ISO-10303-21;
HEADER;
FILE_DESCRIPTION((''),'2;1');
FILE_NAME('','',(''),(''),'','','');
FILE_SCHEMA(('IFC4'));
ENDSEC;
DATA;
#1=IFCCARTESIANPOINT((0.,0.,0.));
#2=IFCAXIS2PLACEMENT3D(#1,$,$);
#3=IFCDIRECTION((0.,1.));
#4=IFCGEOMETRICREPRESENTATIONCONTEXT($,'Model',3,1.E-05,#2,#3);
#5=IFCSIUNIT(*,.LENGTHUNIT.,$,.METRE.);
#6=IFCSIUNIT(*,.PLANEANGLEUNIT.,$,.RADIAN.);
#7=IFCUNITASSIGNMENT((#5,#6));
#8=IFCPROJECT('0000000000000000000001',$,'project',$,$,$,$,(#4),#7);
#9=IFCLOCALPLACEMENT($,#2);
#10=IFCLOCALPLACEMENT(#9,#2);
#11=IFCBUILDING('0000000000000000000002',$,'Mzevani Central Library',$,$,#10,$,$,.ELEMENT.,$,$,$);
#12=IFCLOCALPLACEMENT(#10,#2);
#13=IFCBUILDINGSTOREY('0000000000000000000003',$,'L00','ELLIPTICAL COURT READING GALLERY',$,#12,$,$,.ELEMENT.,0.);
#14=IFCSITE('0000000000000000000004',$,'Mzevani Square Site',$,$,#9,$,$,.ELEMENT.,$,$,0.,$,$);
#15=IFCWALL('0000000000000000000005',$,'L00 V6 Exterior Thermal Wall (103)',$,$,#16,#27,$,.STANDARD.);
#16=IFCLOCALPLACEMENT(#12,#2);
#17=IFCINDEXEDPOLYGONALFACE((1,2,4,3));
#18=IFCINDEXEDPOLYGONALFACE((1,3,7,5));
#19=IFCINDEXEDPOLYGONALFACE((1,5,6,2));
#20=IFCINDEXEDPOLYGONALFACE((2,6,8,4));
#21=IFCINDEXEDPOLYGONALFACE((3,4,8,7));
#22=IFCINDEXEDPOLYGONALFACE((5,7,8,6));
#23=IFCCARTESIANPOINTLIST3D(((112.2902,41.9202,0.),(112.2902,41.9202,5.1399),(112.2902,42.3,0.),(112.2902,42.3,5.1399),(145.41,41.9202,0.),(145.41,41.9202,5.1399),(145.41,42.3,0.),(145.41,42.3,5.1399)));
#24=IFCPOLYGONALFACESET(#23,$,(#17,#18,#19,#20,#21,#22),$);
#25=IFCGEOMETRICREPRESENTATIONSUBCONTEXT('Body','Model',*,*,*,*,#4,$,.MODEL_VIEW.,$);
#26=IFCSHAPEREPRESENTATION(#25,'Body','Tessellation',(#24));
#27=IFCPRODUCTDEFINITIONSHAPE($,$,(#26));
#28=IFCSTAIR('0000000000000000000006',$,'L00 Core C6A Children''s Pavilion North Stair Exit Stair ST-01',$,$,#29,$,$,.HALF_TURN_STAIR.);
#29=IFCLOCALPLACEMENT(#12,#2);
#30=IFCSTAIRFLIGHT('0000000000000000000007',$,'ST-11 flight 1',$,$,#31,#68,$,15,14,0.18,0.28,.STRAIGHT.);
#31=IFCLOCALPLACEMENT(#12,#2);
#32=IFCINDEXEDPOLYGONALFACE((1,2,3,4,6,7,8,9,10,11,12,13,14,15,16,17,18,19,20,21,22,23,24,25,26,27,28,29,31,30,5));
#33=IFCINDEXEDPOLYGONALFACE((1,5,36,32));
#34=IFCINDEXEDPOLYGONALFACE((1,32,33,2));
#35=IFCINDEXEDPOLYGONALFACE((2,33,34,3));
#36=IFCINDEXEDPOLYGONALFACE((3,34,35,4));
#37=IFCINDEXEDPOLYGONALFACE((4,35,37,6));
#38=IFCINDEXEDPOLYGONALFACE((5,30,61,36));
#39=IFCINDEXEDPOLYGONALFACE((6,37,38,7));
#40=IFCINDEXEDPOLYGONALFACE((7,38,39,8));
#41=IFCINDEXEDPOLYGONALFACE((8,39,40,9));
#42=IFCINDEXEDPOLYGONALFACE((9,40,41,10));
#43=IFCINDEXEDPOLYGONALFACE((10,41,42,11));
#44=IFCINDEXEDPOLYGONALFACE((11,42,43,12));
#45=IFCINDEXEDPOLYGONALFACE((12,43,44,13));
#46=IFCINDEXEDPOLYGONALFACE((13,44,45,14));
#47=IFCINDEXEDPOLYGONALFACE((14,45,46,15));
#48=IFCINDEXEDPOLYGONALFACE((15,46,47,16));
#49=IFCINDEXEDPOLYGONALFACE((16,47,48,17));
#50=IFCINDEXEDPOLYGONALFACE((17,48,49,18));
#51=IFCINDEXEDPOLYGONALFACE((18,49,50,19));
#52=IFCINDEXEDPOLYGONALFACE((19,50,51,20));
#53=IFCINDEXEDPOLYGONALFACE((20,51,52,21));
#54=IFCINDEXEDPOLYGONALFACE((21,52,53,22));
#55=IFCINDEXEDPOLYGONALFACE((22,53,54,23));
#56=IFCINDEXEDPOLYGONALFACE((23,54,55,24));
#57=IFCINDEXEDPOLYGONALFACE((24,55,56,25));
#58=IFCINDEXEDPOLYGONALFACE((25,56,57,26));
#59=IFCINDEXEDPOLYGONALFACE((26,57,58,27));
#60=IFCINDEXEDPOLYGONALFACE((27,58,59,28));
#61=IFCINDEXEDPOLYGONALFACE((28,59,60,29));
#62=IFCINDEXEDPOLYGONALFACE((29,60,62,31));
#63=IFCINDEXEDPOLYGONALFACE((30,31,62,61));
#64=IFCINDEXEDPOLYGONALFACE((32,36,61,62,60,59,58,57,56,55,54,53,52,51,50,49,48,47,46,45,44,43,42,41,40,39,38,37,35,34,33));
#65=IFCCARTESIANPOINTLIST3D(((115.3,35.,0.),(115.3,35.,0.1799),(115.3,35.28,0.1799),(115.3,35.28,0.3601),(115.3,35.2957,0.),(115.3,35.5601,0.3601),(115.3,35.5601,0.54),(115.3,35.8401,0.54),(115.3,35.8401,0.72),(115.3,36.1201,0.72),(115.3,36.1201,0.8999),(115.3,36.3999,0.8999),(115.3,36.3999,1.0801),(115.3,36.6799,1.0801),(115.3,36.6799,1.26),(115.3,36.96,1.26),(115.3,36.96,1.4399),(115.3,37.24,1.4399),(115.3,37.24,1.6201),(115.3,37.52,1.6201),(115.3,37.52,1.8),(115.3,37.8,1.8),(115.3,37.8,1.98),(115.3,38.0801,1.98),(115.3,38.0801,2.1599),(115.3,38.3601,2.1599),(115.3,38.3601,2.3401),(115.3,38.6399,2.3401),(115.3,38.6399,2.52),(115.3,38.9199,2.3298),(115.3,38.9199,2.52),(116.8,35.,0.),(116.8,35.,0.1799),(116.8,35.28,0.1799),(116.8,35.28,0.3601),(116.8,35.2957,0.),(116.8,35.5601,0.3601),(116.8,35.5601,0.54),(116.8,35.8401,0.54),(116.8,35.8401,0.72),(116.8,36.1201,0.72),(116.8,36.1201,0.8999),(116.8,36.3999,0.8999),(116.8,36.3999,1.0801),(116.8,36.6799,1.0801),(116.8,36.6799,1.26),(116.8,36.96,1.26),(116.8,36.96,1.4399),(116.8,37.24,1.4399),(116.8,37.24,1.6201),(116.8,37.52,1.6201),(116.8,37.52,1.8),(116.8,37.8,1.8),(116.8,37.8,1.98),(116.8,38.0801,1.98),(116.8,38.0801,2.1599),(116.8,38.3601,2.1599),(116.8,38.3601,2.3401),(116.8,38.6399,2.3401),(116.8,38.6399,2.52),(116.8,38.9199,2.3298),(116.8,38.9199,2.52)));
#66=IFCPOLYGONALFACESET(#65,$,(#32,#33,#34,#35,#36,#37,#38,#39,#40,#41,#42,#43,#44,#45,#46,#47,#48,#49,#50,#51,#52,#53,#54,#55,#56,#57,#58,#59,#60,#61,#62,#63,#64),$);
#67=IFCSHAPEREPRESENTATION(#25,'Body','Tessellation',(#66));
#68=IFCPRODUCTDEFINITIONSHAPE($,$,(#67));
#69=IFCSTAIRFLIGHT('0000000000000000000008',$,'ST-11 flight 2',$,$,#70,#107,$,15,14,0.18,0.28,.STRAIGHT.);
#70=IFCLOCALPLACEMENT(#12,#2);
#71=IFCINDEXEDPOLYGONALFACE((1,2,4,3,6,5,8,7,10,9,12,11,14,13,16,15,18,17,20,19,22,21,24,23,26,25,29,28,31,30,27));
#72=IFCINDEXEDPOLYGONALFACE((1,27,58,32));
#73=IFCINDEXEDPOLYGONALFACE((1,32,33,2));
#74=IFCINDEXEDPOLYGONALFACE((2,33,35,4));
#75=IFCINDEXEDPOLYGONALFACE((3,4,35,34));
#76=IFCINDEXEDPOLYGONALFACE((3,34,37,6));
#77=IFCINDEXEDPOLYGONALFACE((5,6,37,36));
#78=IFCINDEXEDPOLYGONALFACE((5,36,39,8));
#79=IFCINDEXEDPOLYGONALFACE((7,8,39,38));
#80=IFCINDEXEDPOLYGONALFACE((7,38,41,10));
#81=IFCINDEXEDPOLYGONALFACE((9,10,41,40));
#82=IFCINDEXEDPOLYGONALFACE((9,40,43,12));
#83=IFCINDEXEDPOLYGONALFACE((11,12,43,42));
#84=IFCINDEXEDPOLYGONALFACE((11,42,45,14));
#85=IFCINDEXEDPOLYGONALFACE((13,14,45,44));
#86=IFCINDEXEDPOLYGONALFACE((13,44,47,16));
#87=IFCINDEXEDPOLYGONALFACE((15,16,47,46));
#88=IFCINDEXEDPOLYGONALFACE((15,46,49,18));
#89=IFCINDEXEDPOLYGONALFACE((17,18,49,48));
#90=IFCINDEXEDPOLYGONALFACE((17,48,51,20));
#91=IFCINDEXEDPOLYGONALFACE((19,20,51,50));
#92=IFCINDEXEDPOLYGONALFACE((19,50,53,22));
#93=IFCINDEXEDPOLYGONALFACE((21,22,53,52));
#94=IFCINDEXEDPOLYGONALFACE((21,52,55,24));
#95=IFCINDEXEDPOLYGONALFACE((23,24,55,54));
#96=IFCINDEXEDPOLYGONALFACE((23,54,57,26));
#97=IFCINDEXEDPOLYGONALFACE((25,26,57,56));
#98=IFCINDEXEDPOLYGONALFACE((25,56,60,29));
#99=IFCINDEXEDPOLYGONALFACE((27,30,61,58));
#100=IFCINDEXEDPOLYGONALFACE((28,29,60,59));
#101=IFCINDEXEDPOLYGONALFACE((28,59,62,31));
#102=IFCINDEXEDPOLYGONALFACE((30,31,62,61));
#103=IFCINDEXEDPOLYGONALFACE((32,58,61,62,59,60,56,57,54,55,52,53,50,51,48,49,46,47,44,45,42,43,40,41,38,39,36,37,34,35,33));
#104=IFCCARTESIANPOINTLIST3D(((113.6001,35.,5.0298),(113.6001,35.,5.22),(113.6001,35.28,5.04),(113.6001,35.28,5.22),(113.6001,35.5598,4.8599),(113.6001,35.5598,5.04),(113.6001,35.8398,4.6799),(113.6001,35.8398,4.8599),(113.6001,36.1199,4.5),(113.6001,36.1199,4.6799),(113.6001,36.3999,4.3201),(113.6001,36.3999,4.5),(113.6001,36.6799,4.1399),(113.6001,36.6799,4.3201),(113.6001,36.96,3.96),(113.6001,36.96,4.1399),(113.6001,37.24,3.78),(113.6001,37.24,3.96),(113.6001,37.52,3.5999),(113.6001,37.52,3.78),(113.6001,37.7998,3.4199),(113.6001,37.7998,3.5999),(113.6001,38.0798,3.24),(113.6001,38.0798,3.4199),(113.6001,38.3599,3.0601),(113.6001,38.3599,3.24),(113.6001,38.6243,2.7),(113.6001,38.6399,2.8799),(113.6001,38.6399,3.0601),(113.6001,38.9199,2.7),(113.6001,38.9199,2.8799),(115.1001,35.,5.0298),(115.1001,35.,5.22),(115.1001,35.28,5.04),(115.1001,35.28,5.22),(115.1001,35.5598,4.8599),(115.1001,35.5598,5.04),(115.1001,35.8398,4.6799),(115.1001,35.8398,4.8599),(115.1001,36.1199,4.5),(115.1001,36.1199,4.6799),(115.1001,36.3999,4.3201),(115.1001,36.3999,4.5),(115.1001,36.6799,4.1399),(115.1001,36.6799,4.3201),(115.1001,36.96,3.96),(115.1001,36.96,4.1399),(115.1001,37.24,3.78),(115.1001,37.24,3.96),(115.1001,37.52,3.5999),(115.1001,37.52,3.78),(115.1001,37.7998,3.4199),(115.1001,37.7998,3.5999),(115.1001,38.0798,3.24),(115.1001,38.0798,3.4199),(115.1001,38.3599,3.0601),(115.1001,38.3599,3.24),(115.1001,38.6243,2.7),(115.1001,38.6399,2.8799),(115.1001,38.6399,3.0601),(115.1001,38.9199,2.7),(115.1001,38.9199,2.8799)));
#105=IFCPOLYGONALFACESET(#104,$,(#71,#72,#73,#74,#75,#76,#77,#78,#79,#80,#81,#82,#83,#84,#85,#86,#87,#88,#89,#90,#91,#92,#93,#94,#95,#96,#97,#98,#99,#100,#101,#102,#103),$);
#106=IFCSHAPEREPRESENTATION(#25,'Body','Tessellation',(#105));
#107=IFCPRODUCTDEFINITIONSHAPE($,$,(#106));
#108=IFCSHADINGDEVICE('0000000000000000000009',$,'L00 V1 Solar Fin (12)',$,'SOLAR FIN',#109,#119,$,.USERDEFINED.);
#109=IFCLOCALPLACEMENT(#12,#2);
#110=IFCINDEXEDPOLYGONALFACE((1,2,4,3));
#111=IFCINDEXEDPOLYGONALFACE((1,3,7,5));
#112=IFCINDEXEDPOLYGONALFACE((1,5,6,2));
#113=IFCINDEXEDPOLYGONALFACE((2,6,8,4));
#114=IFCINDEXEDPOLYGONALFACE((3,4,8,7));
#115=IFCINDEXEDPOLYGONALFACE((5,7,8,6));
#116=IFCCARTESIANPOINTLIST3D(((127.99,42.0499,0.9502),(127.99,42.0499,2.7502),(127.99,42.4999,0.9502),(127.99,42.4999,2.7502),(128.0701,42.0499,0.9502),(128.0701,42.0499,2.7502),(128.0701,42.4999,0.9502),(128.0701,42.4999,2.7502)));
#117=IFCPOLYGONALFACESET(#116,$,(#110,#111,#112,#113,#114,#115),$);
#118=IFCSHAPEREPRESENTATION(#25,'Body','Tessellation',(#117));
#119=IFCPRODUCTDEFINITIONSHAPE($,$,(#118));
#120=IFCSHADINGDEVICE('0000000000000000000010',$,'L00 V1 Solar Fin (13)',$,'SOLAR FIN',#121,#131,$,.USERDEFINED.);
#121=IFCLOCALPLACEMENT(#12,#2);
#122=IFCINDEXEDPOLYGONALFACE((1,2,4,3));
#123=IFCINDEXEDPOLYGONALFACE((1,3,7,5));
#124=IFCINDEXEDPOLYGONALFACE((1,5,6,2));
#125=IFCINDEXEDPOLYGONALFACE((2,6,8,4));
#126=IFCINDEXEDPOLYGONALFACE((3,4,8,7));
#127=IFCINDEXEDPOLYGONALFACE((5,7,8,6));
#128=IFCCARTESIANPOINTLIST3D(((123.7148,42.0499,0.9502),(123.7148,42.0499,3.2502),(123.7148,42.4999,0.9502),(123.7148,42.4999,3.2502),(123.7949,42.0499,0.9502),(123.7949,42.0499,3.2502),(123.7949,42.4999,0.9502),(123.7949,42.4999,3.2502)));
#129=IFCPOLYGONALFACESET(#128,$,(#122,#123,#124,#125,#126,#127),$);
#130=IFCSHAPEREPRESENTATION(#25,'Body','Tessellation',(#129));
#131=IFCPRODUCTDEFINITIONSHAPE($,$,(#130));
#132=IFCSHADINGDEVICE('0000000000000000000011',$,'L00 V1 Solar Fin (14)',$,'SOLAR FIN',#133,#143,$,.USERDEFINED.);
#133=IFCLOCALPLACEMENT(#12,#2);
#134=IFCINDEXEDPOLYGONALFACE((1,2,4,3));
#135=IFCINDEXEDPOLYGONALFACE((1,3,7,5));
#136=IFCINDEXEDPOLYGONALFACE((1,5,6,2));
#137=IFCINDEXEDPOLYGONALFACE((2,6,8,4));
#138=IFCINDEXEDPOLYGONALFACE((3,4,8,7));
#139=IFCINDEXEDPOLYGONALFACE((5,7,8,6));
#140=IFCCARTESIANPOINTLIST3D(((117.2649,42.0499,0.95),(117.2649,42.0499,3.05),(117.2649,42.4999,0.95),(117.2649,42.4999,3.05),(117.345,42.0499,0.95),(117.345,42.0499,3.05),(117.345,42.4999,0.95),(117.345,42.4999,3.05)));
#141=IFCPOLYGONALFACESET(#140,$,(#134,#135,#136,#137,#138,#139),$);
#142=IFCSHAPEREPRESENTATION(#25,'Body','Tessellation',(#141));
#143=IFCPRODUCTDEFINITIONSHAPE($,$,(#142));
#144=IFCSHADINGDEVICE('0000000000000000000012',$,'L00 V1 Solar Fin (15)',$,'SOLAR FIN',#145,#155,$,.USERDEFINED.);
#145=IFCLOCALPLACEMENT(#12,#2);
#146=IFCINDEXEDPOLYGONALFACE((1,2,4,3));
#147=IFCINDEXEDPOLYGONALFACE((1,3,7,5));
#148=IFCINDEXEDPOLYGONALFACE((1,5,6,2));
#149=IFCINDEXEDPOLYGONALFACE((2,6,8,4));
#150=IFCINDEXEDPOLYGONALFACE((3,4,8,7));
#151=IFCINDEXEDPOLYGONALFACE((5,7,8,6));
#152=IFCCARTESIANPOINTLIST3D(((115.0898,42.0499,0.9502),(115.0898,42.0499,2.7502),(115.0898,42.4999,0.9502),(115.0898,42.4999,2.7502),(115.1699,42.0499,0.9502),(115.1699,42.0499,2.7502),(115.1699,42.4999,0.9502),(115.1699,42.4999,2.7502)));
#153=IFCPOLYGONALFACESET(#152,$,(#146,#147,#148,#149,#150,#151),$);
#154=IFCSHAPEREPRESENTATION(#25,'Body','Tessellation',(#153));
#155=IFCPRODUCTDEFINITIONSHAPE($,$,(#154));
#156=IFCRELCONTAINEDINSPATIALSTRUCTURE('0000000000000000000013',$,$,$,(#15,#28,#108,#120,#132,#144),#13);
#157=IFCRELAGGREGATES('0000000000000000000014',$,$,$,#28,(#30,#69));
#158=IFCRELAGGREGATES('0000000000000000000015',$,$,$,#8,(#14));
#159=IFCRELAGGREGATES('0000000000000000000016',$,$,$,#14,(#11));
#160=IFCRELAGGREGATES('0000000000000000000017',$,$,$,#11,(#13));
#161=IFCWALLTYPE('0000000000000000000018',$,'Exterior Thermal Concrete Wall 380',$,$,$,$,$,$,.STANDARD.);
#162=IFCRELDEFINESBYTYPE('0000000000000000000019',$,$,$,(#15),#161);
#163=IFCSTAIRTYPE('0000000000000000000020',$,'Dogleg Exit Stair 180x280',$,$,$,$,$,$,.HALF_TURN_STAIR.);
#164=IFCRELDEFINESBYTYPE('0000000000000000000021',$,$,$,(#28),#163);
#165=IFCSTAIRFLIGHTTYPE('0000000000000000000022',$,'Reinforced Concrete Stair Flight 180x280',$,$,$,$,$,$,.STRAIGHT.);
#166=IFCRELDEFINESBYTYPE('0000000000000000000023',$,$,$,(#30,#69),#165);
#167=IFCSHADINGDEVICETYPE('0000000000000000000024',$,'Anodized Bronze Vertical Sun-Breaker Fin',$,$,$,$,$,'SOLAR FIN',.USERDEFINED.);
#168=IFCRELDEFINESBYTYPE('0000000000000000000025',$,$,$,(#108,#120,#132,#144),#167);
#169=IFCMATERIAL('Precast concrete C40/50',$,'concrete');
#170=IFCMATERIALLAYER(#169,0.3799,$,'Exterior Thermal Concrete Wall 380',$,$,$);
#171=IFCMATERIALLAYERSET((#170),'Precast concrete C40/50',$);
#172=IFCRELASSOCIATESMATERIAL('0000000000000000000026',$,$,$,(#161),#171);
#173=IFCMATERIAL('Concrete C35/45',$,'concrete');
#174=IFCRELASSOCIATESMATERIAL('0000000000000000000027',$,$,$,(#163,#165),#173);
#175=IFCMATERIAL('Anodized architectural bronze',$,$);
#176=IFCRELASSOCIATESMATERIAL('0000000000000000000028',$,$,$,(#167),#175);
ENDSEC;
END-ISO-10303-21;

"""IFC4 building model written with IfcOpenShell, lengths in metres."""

from ifc_helpers import new_model, si_unit, direction, frame, frame_2d, origin, origin_2d, place, context, subcontext, project, spatial, polyline, rectangle, outline, extrude, material, layer, layer_set, type_object, element, aggregate, save


model = new_model("IFC4")

# Units and contexts
model_context = context("Model", 3, precision=1e-05, world=origin(), true_north=direction((0.0, 1.0)))
body_context = subcontext(model_context, "Body", "Model", "MODEL_VIEW")
ifc_project = project(units=[si_unit("LENGTHUNIT", "METRE"), si_unit("PLANEANGLEUNIT", "RADIAN")], contexts=[model_context])

# Site, building, storey
site_placement = place(None, origin())
site = spatial("IfcSite", under=ifc_project, at=site_placement, Name="Mzevani Square Site", CompositionType="ELEMENT", RefElevation=0.0)
building_placement = place(site_placement, origin())
building = spatial("IfcBuilding", under=site, at=building_placement, Name="Mzevani Central Library", CompositionType="ELEMENT")
storey_placement = place(building_placement, origin())
storey = spatial("IfcBuildingStorey", under=building, at=storey_placement, Name="L00", Description="ELLIPTICAL COURT READING GALLERY", CompositionType="ELEMENT", Elevation=0.0)

# Shared definitions
ifc_material_1 = material(Name="Precast concrete C40/50", Category="concrete")

# Shared definitions
ifc_material_2 = material(Name="Concrete C35/45", Category="concrete")

# Wall
ifc_layer_1 = layer(ifc_material_1, 0.3799, Name="Exterior Thermal Concrete Wall 380")
ifc_layer_set_1 = layer_set([ifc_layer_1], Name="Precast concrete C40/50")
wall_type_1 = type_object("IfcWallType", Name="Exterior Thermal Concrete Wall 380", PredefinedType="STANDARD", material=ifc_layer_set_1)
wall_1_placement = place(storey_placement, frame((112.29, 42.1101, 0.0), z_axis=(0.0, 0.0, 1.0), x_axis=(1.0, 0.0, 0.0)))
element("IfcWall", 1, at=wall_1_placement, inside=storey, type_object=wall_type_1, Name="L00 V6 Exterior Thermal Wall (103)", PredefinedType="STANDARD", context=body_context, shape_type="SweptSolid", body=[
    extrude(rectangle(XDim=33.1199, YDim=0.3799, at=frame_2d((16.5601, 0.0))), origin(), (0.0, 0.0, 1.0), 5.1399),
])

# Stair, stair flights
stair_type = type_object("IfcStairType", Name="Dogleg Exit Stair 180x280", PredefinedType="HALF_TURN_STAIR", material=ifc_material_2)
stair_placement = place(storey_placement, origin())
stair = element("IfcStair", 2, at=stair_placement, inside=storey, type_object=stair_type, Name="L00 Core C6A Children's Pavilion North Stair Exit Stair ST-01", PredefinedType="HALF_TURN_STAIR")
stair_flight_type = type_object("IfcStairFlightType", Name="Reinforced Concrete Stair Flight 180x280", PredefinedType="STRAIGHT", material=ifc_material_2)
stair_flight_1_placement = place(storey_placement, frame((116.05, 35.0, 0.0), z_axis=(0.0, 0.0, 1.0), x_axis=(0.0, 1.0, 0.0)))
stair_flight_1 = element("IfcStairFlight", 3, at=stair_flight_1_placement, type_object=stair_flight_type, Name="ST-11 flight 1", NumberOfRisers=15, NumberOfTreads=14, PredefinedType="STRAIGHT", RiserHeight=0.18, TreadLength=0.28, context=body_context, shape_type="SweptSolid", body=[
    extrude(outline(polyline([(0.0, 0.0), (0.0, 0.1799), (0.28, 0.1799), (0.28, 0.3601), (0.5601, 0.3601), (0.5601, 0.54), (0.8401, 0.54), (0.8401, 0.72), (1.1201, 0.72), (1.1201, 0.8999), (1.3999, 0.8999), (1.3999, 1.0801), (1.6799, 1.0801), (1.6799, 1.26), (1.96, 1.26), (1.96, 1.4399), (2.24, 1.4399), (2.24, 1.6201), (2.52, 1.6201), (2.52, 1.8), (2.8, 1.8), (2.8, 1.98), (3.0801, 1.98), (3.0801, 2.1599), (3.3601, 2.1599), (3.3601, 2.3401), (3.6399, 2.3401), (3.6399, 2.52), (3.9199, 2.52), (3.9199, 2.7), (3.9199, 2.3298), (0.2957, 0.0), (0.0, 0.0)])), frame((0.0, 0.75, 0.0), z_axis=(0.0, -1.0, 0.0), x_axis=(1.0, 0.0, 0.0)), (0.0, 0.0, 1.0), 1.5),
])
stair_flight_2_placement = place(storey_placement, frame((114.3501, 38.9199, 2.7), z_axis=(0.0, 0.0, 1.0), x_axis=(0.0, -1.0, 0.0)))
stair_flight_2 = element("IfcStairFlight", 4, at=stair_flight_2_placement, type_object=stair_flight_type, Name="ST-11 flight 2", NumberOfRisers=15, NumberOfTreads=14, PredefinedType="STRAIGHT", RiserHeight=0.18, TreadLength=0.28, context=body_context, shape_type="SweptSolid", body=[
    extrude(outline(polyline([(0.0, 0.0), (0.0, 0.1799), (0.28, 0.1799), (0.28, 0.3601), (0.5601, 0.3601), (0.5601, 0.54), (0.8401, 0.54), (0.8401, 0.72), (1.1201, 0.72), (1.1201, 0.8999), (1.3999, 0.8999), (1.3999, 1.0801), (1.6799, 1.0801), (1.6799, 1.26), (1.96, 1.26), (1.96, 1.4399), (2.24, 1.4399), (2.24, 1.6201), (2.52, 1.6201), (2.52, 1.8), (2.8, 1.8), (2.8, 1.98), (3.0801, 1.98), (3.0801, 2.1599), (3.3601, 2.1599), (3.3601, 2.3401), (3.6399, 2.3401), (3.6399, 2.52), (3.9199, 2.52), (3.9199, 2.7), (3.9199, 2.3298), (0.2957, 0.0), (0.0, 0.0)])), frame((0.0, 0.75, 0.0), z_axis=(0.0, -1.0, 0.0), x_axis=(1.0, 0.0, 0.0)), (0.0, 0.0, 1.0), 1.5),
])
aggregate(stair, [stair_flight_1, stair_flight_2])

# Shading devices
ifc_material_3 = material(Name="Anodized architectural bronze")
shading_device_type = type_object("IfcShadingDeviceType", Name="Anodized Bronze Vertical Sun-Breaker Fin", ElementType="SOLAR FIN", PredefinedType="USERDEFINED", material=ifc_material_3)
shading_device_1_placement = place(storey_placement, frame((128.03, 42.2749, 0.9502), z_axis=(0.0, 0.0, 1.0), x_axis=(-1.0, 0.0, 0.0)))
element("IfcShadingDevice", 5, at=shading_device_1_placement, inside=storey, type_object=shading_device_type, Name="L00 V1 Solar Fin (12)", ObjectType="SOLAR FIN", PredefinedType="USERDEFINED", context=body_context, shape_type="SweptSolid", body=[
    extrude(rectangle(XDim=0.0801, YDim=0.45, at=origin_2d()), origin(), (0.0, 0.0, 1.0), 1.8),
])
shading_device_2_placement = place(storey_placement, frame((123.7549, 42.2749, 0.9502), z_axis=(0.0, 0.0, 1.0), x_axis=(-1.0, 0.0, 0.0)))
element("IfcShadingDevice", 6, at=shading_device_2_placement, inside=storey, type_object=shading_device_type, Name="L00 V1 Solar Fin (13)", ObjectType="SOLAR FIN", PredefinedType="USERDEFINED", context=body_context, shape_type="SweptSolid", body=[
    extrude(rectangle(XDim=0.0801, YDim=0.45, at=origin_2d()), origin(), (0.0, 0.0, 1.0), 2.3),
])
shading_device_3_placement = place(storey_placement, frame((117.3049, 42.2749, 0.95), z_axis=(0.0, 0.0, 1.0), x_axis=(-1.0, 0.0, 0.0)))
element("IfcShadingDevice", 7, at=shading_device_3_placement, inside=storey, type_object=shading_device_type, Name="L00 V1 Solar Fin (14)", ObjectType="SOLAR FIN", PredefinedType="USERDEFINED", context=body_context, shape_type="SweptSolid", body=[
    extrude(rectangle(XDim=0.0801, YDim=0.45, at=origin_2d()), origin(), (0.0, 0.0, 1.0), 2.1001),
])
shading_device_4_placement = place(storey_placement, frame((115.1299, 42.2749, 0.9502), z_axis=(0.0, 0.0, 1.0), x_axis=(-1.0, 0.0, 0.0)))
element("IfcShadingDevice", 8, at=shading_device_4_placement, inside=storey, type_object=shading_device_type, Name="L00 V1 Solar Fin (15)", ObjectType="SOLAR FIN", PredefinedType="USERDEFINED", context=body_context, shape_type="SweptSolid", body=[
    extrude(rectangle(XDim=0.0801, YDim=0.45, at=origin_2d()), origin(), (0.0, 0.0, 1.0), 1.8),
])

save(model, "model.ifc")
